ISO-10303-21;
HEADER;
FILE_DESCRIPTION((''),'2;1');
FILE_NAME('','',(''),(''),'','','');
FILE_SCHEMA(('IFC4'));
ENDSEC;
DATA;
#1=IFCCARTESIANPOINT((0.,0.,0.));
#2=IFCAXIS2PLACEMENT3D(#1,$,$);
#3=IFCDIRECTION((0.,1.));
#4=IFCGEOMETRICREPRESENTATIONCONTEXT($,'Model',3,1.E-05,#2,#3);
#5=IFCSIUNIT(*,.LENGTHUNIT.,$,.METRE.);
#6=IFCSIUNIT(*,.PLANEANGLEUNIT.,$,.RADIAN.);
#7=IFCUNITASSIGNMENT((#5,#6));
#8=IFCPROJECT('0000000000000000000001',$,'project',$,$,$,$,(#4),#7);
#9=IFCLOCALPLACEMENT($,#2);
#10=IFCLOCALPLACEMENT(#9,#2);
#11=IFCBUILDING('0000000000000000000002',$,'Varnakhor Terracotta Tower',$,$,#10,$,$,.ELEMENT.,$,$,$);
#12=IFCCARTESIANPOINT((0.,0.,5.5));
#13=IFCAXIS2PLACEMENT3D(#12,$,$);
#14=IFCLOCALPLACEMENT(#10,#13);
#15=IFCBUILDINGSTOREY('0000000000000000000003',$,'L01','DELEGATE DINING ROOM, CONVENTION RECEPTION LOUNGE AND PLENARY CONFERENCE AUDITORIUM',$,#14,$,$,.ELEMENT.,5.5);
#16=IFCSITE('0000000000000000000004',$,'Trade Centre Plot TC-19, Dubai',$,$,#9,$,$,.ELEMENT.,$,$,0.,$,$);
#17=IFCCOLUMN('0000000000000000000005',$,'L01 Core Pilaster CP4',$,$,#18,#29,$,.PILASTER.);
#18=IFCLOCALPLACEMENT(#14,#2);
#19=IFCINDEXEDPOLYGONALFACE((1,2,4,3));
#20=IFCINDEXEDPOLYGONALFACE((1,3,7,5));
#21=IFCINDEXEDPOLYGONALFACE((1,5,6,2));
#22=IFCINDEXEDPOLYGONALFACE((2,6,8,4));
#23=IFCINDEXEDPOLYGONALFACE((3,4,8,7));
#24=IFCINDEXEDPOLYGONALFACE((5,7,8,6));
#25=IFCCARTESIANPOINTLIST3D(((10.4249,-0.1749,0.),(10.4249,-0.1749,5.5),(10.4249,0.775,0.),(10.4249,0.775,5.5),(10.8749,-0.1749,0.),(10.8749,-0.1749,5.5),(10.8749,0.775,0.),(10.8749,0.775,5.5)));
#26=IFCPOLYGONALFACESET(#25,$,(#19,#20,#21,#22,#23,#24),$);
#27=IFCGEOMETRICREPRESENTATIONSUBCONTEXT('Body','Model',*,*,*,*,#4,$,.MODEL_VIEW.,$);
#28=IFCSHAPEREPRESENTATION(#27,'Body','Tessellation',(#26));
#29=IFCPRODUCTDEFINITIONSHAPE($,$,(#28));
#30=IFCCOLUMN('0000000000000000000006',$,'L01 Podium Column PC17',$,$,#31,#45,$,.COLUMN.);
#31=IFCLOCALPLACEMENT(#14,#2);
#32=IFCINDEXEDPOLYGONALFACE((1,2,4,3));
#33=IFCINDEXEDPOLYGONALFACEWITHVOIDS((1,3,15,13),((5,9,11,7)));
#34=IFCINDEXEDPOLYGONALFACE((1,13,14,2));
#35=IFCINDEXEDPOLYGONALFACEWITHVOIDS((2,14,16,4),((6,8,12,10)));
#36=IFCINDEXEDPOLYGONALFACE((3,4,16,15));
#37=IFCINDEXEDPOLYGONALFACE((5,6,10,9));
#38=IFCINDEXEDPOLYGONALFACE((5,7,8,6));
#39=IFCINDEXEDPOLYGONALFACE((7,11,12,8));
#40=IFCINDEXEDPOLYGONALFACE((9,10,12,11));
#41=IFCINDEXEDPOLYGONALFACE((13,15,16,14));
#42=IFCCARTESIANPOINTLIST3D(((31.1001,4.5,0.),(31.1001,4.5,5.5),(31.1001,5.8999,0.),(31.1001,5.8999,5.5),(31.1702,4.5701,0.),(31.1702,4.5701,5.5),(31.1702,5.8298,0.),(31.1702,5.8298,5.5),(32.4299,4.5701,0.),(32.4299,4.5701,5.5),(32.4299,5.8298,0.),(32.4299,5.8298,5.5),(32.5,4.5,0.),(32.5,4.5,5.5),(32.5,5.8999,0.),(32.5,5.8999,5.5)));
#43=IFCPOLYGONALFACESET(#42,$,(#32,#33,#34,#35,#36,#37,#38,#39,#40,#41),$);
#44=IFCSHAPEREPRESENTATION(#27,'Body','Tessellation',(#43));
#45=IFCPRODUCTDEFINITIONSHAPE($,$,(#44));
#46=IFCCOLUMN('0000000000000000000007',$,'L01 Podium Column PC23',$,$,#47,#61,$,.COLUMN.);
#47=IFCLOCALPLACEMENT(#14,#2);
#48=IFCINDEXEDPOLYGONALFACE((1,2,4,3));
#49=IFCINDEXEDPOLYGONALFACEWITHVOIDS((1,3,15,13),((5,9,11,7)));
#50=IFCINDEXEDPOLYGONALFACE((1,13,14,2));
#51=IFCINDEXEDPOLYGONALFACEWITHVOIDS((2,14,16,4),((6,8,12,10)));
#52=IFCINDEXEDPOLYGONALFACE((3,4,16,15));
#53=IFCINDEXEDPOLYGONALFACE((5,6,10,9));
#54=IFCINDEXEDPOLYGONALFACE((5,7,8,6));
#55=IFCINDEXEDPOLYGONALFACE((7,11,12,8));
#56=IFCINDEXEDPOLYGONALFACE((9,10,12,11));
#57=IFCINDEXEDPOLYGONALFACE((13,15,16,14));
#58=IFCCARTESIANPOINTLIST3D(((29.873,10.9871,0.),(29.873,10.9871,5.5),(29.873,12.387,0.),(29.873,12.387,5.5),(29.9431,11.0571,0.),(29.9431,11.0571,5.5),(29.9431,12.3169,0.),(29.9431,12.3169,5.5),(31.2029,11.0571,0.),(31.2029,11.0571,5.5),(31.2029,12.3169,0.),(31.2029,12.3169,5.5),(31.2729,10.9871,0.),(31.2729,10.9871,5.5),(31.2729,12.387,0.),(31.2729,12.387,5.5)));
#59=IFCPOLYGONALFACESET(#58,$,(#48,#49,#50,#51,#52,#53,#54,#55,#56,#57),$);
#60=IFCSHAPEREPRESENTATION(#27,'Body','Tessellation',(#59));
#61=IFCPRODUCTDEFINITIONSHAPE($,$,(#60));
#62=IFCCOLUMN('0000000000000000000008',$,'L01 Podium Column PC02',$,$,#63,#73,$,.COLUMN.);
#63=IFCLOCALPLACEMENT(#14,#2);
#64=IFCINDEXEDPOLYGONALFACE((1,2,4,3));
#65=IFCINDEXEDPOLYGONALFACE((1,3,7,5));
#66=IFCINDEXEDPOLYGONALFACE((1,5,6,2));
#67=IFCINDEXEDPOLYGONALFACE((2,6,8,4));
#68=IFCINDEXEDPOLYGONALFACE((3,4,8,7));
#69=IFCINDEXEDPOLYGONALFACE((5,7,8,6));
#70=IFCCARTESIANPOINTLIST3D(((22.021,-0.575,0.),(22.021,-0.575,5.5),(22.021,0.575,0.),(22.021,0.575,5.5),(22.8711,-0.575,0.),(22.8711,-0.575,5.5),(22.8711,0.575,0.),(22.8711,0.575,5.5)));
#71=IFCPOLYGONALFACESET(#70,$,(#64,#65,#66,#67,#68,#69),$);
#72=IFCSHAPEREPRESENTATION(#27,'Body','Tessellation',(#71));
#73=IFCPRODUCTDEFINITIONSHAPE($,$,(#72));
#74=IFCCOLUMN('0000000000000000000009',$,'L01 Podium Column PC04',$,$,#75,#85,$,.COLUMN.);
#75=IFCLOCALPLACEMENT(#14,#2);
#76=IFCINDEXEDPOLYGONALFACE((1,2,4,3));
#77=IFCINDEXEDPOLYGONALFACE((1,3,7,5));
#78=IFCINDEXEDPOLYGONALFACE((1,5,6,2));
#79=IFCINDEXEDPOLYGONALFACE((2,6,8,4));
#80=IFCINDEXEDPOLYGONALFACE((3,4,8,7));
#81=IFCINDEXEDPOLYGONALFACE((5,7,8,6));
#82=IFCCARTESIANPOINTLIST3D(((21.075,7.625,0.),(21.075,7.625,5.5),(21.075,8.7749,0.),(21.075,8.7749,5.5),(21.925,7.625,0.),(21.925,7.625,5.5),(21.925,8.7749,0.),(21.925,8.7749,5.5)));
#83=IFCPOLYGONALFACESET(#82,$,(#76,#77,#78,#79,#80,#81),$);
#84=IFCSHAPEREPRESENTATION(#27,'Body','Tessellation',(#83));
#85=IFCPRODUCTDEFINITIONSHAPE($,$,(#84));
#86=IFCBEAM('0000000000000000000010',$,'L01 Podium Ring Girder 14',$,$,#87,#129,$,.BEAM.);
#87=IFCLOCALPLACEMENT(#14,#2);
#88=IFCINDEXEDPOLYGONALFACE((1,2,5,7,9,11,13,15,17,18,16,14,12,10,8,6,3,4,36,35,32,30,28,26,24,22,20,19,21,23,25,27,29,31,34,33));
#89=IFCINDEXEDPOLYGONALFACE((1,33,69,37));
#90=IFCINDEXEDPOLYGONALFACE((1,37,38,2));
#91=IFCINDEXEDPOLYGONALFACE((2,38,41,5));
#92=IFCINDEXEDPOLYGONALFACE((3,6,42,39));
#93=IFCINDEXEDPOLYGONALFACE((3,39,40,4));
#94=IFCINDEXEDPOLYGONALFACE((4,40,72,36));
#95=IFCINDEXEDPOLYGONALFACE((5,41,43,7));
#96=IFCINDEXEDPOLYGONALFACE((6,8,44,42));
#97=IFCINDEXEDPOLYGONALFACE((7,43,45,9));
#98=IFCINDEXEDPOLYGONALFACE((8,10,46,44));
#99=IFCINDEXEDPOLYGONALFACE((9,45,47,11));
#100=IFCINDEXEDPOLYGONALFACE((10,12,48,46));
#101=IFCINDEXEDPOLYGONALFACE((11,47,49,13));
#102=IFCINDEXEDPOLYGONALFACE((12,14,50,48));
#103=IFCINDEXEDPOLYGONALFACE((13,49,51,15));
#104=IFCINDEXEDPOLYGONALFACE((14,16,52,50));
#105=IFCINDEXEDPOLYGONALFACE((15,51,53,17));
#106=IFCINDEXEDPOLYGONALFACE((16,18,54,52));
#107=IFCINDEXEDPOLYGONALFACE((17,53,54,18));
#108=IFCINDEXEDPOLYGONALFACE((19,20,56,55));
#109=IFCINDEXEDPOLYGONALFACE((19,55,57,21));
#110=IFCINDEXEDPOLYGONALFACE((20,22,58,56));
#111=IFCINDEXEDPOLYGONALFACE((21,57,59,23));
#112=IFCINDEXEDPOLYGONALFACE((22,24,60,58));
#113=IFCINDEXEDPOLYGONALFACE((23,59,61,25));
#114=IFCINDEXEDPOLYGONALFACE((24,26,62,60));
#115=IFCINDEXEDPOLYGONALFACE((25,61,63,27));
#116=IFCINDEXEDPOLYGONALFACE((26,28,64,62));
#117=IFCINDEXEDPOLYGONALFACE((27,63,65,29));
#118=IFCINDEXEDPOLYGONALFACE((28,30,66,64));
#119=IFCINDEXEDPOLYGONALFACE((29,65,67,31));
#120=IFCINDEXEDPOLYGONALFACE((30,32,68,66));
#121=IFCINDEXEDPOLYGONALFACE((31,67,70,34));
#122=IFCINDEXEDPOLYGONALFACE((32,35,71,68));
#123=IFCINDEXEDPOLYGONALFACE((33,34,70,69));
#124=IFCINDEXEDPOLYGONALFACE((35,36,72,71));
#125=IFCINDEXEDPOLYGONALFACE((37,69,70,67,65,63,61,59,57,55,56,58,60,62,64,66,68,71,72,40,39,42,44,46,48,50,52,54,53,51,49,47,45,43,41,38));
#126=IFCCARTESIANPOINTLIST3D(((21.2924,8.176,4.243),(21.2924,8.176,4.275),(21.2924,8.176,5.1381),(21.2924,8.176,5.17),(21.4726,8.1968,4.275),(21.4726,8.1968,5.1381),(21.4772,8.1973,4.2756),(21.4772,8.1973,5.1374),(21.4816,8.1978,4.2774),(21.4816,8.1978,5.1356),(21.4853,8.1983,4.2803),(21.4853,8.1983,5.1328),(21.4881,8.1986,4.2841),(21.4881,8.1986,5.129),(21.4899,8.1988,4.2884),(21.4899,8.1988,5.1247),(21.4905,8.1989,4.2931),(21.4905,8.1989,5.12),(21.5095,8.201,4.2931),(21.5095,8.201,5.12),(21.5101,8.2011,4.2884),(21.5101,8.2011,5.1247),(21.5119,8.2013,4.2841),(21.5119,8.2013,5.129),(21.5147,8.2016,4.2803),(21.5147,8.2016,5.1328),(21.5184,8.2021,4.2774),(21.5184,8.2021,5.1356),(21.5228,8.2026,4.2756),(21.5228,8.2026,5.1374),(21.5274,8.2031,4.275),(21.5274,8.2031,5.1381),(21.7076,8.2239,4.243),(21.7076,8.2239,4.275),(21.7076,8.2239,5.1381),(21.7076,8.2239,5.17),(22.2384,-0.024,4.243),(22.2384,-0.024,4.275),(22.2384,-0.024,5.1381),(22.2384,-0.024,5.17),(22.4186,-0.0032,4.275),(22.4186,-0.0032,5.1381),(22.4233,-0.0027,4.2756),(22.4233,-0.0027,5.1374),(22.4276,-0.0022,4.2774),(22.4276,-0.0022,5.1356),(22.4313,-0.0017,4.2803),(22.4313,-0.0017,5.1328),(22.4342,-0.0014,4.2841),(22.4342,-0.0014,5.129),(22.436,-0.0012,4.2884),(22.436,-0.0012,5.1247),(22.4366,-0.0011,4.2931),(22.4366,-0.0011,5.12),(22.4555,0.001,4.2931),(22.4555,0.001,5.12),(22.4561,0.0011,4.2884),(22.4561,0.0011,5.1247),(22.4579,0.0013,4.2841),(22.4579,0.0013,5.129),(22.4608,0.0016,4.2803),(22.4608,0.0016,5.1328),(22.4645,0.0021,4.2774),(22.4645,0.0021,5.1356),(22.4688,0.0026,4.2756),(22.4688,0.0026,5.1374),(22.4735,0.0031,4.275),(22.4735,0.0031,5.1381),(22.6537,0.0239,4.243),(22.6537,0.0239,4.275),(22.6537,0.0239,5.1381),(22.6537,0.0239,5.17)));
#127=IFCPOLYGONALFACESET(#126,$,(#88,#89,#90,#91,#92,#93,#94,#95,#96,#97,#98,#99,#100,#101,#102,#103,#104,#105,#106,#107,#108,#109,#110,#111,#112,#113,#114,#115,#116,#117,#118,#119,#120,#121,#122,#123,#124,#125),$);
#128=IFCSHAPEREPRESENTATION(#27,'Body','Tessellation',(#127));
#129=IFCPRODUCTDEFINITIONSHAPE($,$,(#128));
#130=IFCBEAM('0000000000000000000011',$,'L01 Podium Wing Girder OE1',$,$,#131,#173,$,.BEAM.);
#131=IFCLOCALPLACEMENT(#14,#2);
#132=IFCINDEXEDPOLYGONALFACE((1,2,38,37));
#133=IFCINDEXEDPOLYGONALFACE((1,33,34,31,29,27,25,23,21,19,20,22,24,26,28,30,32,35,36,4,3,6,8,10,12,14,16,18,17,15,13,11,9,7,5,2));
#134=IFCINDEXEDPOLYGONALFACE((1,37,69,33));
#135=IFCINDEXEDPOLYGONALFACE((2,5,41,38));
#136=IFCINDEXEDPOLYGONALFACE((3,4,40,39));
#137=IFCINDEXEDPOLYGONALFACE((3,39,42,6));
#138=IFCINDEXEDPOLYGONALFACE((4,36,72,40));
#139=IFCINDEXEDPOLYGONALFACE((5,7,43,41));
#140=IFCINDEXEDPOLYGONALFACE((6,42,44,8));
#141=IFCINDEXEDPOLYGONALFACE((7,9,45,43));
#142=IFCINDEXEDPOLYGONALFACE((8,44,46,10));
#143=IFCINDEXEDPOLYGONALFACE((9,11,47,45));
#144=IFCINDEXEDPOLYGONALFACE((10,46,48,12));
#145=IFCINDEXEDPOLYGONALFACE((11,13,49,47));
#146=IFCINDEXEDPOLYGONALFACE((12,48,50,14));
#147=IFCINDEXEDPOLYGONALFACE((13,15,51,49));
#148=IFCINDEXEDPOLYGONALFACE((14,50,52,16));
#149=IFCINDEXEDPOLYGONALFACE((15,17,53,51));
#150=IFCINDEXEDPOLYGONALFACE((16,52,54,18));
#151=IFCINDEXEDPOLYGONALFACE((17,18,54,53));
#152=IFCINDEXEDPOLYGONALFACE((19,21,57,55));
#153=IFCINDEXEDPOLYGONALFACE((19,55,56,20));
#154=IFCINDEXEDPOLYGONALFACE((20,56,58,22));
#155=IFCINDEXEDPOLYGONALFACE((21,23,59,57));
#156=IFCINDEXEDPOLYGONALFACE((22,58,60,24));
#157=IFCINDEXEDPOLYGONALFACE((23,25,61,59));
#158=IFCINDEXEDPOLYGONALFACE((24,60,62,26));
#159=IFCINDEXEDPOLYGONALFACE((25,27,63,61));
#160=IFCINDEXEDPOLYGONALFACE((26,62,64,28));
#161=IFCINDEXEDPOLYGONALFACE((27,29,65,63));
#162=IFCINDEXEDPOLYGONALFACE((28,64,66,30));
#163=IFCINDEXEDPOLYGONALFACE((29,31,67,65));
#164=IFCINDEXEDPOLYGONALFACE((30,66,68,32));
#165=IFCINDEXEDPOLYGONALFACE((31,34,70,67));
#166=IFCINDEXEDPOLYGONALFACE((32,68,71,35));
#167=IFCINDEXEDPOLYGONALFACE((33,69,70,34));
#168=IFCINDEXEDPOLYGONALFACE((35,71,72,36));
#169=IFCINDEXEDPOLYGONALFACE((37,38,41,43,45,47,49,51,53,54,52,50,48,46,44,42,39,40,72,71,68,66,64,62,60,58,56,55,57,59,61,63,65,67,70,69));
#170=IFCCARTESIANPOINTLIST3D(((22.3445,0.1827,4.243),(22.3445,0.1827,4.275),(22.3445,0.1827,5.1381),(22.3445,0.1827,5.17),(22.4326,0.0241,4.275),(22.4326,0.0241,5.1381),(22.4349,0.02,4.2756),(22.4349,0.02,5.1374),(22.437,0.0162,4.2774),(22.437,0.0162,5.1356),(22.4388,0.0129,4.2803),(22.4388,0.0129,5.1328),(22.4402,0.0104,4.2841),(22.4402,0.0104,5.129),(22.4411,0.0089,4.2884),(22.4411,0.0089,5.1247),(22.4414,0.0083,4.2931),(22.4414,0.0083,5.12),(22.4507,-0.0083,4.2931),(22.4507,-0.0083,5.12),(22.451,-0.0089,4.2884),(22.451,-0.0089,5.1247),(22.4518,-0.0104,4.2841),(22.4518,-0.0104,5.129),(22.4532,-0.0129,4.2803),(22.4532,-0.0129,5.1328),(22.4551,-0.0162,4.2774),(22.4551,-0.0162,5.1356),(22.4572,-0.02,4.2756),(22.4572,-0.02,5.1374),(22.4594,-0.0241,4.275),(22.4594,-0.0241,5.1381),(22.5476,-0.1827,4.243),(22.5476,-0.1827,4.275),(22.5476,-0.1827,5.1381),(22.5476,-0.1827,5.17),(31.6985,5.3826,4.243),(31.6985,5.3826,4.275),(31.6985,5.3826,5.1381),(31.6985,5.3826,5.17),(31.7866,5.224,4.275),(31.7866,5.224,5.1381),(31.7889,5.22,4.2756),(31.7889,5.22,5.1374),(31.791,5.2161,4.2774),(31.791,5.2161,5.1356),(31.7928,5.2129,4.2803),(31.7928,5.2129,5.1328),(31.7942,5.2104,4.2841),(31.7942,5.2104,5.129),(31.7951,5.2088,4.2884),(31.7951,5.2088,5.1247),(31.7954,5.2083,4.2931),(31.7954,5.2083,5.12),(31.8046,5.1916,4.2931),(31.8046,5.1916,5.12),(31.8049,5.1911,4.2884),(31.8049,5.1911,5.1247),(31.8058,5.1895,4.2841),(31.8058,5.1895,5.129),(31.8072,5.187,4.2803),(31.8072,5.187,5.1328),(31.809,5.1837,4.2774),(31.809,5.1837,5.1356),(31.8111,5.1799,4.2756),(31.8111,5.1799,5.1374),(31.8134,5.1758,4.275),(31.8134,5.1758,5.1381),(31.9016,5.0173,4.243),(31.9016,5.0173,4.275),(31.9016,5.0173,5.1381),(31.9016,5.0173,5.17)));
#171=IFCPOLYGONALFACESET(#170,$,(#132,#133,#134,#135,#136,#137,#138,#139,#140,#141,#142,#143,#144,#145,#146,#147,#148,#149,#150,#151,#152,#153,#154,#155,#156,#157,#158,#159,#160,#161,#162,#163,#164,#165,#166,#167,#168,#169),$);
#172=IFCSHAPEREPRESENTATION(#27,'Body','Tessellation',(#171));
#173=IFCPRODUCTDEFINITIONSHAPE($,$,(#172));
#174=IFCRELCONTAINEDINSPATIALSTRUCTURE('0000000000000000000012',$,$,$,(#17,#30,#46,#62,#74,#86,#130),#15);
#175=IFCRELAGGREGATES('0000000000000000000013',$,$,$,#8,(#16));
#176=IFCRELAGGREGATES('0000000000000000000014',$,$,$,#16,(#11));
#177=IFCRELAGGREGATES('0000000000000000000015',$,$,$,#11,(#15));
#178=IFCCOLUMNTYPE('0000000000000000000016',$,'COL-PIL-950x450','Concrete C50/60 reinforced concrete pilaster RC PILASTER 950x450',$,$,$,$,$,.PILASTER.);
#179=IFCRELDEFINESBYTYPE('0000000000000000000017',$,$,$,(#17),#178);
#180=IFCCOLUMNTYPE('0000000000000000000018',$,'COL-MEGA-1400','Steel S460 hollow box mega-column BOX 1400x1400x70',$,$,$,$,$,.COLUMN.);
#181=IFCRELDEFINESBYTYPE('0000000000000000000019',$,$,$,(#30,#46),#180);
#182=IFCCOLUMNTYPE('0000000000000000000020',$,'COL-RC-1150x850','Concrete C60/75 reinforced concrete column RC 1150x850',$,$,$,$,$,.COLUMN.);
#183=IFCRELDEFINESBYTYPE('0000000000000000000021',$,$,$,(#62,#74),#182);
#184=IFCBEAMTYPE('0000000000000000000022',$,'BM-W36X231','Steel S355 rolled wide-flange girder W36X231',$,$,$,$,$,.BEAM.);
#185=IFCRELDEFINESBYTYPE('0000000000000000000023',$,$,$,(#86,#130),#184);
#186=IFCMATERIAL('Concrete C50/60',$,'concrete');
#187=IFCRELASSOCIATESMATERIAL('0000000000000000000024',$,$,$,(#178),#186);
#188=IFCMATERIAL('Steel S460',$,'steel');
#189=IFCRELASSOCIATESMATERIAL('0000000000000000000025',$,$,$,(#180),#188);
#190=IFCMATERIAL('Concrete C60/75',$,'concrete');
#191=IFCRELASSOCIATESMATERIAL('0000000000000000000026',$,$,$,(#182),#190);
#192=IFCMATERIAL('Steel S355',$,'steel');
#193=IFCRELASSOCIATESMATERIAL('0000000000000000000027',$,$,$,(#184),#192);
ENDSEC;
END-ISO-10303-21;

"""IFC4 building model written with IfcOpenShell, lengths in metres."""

from ifc_helpers import new_model, si_unit, direction, frame, origin, origin_2d, place, context, subcontext, project, spatial, rectangle, hollow_rectangle, i_section, extrude, source, transform, mapped, material, material_profile, profile_set, type_object, type_shapes, element, save


model = new_model("IFC4")

# Units and contexts
model_context = context("Model", 3, precision=1e-05, world=origin(), true_north=direction((0.0, 1.0)))
body_context = subcontext(model_context, "Body", "Model", "MODEL_VIEW")
ifc_project = project(units=[si_unit("LENGTHUNIT", "METRE"), si_unit("PLANEANGLEUNIT", "RADIAN")], contexts=[model_context])

# Site, building, storey
site_placement = place(None, origin())
site = spatial("IfcSite", under=ifc_project, at=site_placement, Name="Trade Centre Plot TC-19, Dubai", CompositionType="ELEMENT", RefElevation=0.0)
building_placement = place(site_placement, origin())
building = spatial("IfcBuilding", under=site, at=building_placement, Name="Varnakhor Terracotta Tower", CompositionType="ELEMENT")
storey_placement = place(building_placement, frame((0.0, 0.0, 5.5)))
storey = spatial("IfcBuildingStorey", under=building, at=storey_placement, Name="L01", Description="DELEGATE DINING ROOM, CONVENTION RECEPTION LOUNGE AND PLENARY CONFERENCE AUDITORIUM", CompositionType="ELEMENT", Elevation=5.5)

# Columns
ifc_material_1 = material(Name="Concrete C50/60", Category="concrete")
ifc_material_profile_1 = material_profile(ifc_material_1, rectangle(XDim=0.45, YDim=0.95, at=origin_2d()), Name="RC PILASTER 950x450")
ifc_profile_set_1 = profile_set([ifc_material_profile_1], Name="Concrete C50/60")
column_type_1 = type_object("IfcColumnType", Name="COL-PIL-950x450", Description="Concrete C50/60 reinforced concrete pilaster RC PILASTER 950x450", PredefinedType="PILASTER", material=ifc_profile_set_1)
shared_shape_1 = source(origin(), body_context, "Body", "SweptSolid", [
    extrude(rectangle(XDim=0.45, YDim=0.95, at=origin_2d()), origin(), (0.0, 0.0, 1.0), 5.5),
])
column_placement = place(storey_placement, frame((10.6499, 0.3, 0.0), z_axis=(0.0, 0.0, 1.0), x_axis=(1.0, 0.0, 0.0)))
element("IfcColumn", 1, at=column_placement, inside=storey, type_object=column_type_1, Name="L01 Core Pilaster CP4", PredefinedType="PILASTER", context=body_context, shape_type="MappedRepresentation", body=[
    mapped(shared_shape_1, transform((0.0, 0.0, 0.0), scale=1.0)),
])
ifc_material_2 = material(Name="Steel S460", Category="steel")
ifc_material_profile_2 = material_profile(ifc_material_2, hollow_rectangle(XDim=1.3999, YDim=1.3999, WallThickness=0.0701, at=origin_2d()), Name="BOX 1400x1400x70")
ifc_profile_set_2 = profile_set([ifc_material_profile_2], Name="Steel S460")
column_type_2 = type_object("IfcColumnType", Name="COL-MEGA-1400", Description="Steel S460 hollow box mega-column BOX 1400x1400x70", PredefinedType="COLUMN", material=ifc_profile_set_2)
shared_shape_2 = source(origin(), body_context, "Body", "SweptSolid", [
    extrude(hollow_rectangle(XDim=1.3999, YDim=1.3999, WallThickness=0.0701, at=origin_2d()), origin(), (0.0, 0.0, 1.0), 5.5),
])
for number, where, z_axis, x_axis, name in (
    (2, (31.8, 5.2, 0.0), (0.0, 0.0, 1.0), (1.0, 0.0, 0.0), "L01 Podium Column PC17"),
    (3, (30.573, 11.687, 0.0), (0.0, 0.0, 1.0), (1.0, 0.0, 0.0), "L01 Podium Column PC23"),
):
    element("IfcColumn", number, at=place(storey_placement, frame(where, z_axis=z_axis, x_axis=x_axis)), inside=storey, type_object=column_type_2, Name=name, PredefinedType="COLUMN", context=body_context, shape_type="MappedRepresentation", body=[
        mapped(shared_shape_2, transform((0.0, 0.0, 0.0), scale=1.0)),
    ])
ifc_material_3 = material(Name="Concrete C60/75", Category="concrete")
ifc_material_profile_3 = material_profile(ifc_material_3, rectangle(XDim=0.8501, YDim=1.1499, at=origin_2d()), Name="RC 1150x850")
ifc_profile_set_3 = profile_set([ifc_material_profile_3], Name="Concrete C60/75")
column_type_3 = type_object("IfcColumnType", Name="COL-RC-1150x850", Description="Concrete C60/75 reinforced concrete column RC 1150x850", PredefinedType="COLUMN", material=ifc_profile_set_3)
shared_shape_3 = source(origin(), body_context, "Body", "SweptSolid", [
    extrude(rectangle(XDim=0.8501, YDim=1.1499, at=origin_2d()), origin(), (0.0, 0.0, 1.0), 5.5),
])
for number, where, z_axis, x_axis, name in (
    (4, (22.446, 0.0, 0.0), (0.0, 0.0, 1.0), (1.0, 0.0, 0.0), "L01 Podium Column PC02"),
    (5, (21.5, 8.2, 0.0), (0.0, 0.0, 1.0), (1.0, 0.0, 0.0), "L01 Podium Column PC04"),
):
    element("IfcColumn", number, at=place(storey_placement, frame(where, z_axis=z_axis, x_axis=x_axis)), inside=storey, type_object=column_type_3, Name=name, PredefinedType="COLUMN", context=body_context, shape_type="MappedRepresentation", body=[
        mapped(shared_shape_3, transform((0.0, 0.0, 0.0), scale=1.0)),
    ])

# Beams
ifc_material_4 = material(Name="Steel S355", Category="steel")
ifc_material_profile_4 = material_profile(ifc_material_4, i_section(OverallWidth=0.418, OverallDepth=0.927, WebThickness=0.019, FlangeThickness=0.032, FilletRadius=0.0181, at=origin_2d()), Name="W36X231")
ifc_profile_set_4 = profile_set([ifc_material_profile_4], Name="Steel S355")
beam_type_1 = type_object("IfcBeamType", Name="BM-W36X231", Description="Steel S355 rolled wide-flange girder W36X231", PredefinedType="BEAM", material=ifc_profile_set_4)
shared_shape_4 = source(origin(), body_context, "Body", "SweptSolid", [
    extrude(i_section(OverallWidth=0.418, OverallDepth=0.927, WebThickness=0.019, FlangeThickness=0.032, FilletRadius=0.0181, at=origin_2d()), origin(), (0.0, 0.0, 1.0), 8.2544),
])
type_shapes(beam_type_1, [shared_shape_4])
beam_1_placement = place(storey_placement, frame((21.5, 8.2, 4.7065), z_axis=(0.114612, -0.99341, 0.0), x_axis=(0.99341, 0.114612, 0.0)))
element("IfcBeam", 6, at=beam_1_placement, inside=storey, type_object=beam_type_1, Name="L01 Podium Ring Girder 14", PredefinedType="BEAM", context=body_context, shape_type="MappedRepresentation", body=[
    mapped(shared_shape_4, transform((0.0, 0.0, 0.0), scale=1.0)),
])
shared_shape_5 = source(origin(), body_context, "Body", "SweptSolid", [
    extrude(i_section(OverallWidth=0.418, OverallDepth=0.927, WebThickness=0.019, FlangeThickness=0.032, FilletRadius=0.0181, at=origin_2d()), origin(), (0.0, 0.0, 1.0), 10.7021),
])
beam_2_placement = place(storey_placement, frame((22.446, 0.0, 4.7065), z_axis=(0.874027, 0.485877, 0.0), x_axis=(-0.485877, 0.874027, 0.0)))
element("IfcBeam", 7, at=beam_2_placement, inside=storey, type_object=beam_type_1, Name="L01 Podium Wing Girder OE1", PredefinedType="BEAM", context=body_context, shape_type="MappedRepresentation", body=[
    mapped(shared_shape_5, transform((0.0, 0.0, 0.0), scale=1.0)),
])

save(model, "model.ifc")
